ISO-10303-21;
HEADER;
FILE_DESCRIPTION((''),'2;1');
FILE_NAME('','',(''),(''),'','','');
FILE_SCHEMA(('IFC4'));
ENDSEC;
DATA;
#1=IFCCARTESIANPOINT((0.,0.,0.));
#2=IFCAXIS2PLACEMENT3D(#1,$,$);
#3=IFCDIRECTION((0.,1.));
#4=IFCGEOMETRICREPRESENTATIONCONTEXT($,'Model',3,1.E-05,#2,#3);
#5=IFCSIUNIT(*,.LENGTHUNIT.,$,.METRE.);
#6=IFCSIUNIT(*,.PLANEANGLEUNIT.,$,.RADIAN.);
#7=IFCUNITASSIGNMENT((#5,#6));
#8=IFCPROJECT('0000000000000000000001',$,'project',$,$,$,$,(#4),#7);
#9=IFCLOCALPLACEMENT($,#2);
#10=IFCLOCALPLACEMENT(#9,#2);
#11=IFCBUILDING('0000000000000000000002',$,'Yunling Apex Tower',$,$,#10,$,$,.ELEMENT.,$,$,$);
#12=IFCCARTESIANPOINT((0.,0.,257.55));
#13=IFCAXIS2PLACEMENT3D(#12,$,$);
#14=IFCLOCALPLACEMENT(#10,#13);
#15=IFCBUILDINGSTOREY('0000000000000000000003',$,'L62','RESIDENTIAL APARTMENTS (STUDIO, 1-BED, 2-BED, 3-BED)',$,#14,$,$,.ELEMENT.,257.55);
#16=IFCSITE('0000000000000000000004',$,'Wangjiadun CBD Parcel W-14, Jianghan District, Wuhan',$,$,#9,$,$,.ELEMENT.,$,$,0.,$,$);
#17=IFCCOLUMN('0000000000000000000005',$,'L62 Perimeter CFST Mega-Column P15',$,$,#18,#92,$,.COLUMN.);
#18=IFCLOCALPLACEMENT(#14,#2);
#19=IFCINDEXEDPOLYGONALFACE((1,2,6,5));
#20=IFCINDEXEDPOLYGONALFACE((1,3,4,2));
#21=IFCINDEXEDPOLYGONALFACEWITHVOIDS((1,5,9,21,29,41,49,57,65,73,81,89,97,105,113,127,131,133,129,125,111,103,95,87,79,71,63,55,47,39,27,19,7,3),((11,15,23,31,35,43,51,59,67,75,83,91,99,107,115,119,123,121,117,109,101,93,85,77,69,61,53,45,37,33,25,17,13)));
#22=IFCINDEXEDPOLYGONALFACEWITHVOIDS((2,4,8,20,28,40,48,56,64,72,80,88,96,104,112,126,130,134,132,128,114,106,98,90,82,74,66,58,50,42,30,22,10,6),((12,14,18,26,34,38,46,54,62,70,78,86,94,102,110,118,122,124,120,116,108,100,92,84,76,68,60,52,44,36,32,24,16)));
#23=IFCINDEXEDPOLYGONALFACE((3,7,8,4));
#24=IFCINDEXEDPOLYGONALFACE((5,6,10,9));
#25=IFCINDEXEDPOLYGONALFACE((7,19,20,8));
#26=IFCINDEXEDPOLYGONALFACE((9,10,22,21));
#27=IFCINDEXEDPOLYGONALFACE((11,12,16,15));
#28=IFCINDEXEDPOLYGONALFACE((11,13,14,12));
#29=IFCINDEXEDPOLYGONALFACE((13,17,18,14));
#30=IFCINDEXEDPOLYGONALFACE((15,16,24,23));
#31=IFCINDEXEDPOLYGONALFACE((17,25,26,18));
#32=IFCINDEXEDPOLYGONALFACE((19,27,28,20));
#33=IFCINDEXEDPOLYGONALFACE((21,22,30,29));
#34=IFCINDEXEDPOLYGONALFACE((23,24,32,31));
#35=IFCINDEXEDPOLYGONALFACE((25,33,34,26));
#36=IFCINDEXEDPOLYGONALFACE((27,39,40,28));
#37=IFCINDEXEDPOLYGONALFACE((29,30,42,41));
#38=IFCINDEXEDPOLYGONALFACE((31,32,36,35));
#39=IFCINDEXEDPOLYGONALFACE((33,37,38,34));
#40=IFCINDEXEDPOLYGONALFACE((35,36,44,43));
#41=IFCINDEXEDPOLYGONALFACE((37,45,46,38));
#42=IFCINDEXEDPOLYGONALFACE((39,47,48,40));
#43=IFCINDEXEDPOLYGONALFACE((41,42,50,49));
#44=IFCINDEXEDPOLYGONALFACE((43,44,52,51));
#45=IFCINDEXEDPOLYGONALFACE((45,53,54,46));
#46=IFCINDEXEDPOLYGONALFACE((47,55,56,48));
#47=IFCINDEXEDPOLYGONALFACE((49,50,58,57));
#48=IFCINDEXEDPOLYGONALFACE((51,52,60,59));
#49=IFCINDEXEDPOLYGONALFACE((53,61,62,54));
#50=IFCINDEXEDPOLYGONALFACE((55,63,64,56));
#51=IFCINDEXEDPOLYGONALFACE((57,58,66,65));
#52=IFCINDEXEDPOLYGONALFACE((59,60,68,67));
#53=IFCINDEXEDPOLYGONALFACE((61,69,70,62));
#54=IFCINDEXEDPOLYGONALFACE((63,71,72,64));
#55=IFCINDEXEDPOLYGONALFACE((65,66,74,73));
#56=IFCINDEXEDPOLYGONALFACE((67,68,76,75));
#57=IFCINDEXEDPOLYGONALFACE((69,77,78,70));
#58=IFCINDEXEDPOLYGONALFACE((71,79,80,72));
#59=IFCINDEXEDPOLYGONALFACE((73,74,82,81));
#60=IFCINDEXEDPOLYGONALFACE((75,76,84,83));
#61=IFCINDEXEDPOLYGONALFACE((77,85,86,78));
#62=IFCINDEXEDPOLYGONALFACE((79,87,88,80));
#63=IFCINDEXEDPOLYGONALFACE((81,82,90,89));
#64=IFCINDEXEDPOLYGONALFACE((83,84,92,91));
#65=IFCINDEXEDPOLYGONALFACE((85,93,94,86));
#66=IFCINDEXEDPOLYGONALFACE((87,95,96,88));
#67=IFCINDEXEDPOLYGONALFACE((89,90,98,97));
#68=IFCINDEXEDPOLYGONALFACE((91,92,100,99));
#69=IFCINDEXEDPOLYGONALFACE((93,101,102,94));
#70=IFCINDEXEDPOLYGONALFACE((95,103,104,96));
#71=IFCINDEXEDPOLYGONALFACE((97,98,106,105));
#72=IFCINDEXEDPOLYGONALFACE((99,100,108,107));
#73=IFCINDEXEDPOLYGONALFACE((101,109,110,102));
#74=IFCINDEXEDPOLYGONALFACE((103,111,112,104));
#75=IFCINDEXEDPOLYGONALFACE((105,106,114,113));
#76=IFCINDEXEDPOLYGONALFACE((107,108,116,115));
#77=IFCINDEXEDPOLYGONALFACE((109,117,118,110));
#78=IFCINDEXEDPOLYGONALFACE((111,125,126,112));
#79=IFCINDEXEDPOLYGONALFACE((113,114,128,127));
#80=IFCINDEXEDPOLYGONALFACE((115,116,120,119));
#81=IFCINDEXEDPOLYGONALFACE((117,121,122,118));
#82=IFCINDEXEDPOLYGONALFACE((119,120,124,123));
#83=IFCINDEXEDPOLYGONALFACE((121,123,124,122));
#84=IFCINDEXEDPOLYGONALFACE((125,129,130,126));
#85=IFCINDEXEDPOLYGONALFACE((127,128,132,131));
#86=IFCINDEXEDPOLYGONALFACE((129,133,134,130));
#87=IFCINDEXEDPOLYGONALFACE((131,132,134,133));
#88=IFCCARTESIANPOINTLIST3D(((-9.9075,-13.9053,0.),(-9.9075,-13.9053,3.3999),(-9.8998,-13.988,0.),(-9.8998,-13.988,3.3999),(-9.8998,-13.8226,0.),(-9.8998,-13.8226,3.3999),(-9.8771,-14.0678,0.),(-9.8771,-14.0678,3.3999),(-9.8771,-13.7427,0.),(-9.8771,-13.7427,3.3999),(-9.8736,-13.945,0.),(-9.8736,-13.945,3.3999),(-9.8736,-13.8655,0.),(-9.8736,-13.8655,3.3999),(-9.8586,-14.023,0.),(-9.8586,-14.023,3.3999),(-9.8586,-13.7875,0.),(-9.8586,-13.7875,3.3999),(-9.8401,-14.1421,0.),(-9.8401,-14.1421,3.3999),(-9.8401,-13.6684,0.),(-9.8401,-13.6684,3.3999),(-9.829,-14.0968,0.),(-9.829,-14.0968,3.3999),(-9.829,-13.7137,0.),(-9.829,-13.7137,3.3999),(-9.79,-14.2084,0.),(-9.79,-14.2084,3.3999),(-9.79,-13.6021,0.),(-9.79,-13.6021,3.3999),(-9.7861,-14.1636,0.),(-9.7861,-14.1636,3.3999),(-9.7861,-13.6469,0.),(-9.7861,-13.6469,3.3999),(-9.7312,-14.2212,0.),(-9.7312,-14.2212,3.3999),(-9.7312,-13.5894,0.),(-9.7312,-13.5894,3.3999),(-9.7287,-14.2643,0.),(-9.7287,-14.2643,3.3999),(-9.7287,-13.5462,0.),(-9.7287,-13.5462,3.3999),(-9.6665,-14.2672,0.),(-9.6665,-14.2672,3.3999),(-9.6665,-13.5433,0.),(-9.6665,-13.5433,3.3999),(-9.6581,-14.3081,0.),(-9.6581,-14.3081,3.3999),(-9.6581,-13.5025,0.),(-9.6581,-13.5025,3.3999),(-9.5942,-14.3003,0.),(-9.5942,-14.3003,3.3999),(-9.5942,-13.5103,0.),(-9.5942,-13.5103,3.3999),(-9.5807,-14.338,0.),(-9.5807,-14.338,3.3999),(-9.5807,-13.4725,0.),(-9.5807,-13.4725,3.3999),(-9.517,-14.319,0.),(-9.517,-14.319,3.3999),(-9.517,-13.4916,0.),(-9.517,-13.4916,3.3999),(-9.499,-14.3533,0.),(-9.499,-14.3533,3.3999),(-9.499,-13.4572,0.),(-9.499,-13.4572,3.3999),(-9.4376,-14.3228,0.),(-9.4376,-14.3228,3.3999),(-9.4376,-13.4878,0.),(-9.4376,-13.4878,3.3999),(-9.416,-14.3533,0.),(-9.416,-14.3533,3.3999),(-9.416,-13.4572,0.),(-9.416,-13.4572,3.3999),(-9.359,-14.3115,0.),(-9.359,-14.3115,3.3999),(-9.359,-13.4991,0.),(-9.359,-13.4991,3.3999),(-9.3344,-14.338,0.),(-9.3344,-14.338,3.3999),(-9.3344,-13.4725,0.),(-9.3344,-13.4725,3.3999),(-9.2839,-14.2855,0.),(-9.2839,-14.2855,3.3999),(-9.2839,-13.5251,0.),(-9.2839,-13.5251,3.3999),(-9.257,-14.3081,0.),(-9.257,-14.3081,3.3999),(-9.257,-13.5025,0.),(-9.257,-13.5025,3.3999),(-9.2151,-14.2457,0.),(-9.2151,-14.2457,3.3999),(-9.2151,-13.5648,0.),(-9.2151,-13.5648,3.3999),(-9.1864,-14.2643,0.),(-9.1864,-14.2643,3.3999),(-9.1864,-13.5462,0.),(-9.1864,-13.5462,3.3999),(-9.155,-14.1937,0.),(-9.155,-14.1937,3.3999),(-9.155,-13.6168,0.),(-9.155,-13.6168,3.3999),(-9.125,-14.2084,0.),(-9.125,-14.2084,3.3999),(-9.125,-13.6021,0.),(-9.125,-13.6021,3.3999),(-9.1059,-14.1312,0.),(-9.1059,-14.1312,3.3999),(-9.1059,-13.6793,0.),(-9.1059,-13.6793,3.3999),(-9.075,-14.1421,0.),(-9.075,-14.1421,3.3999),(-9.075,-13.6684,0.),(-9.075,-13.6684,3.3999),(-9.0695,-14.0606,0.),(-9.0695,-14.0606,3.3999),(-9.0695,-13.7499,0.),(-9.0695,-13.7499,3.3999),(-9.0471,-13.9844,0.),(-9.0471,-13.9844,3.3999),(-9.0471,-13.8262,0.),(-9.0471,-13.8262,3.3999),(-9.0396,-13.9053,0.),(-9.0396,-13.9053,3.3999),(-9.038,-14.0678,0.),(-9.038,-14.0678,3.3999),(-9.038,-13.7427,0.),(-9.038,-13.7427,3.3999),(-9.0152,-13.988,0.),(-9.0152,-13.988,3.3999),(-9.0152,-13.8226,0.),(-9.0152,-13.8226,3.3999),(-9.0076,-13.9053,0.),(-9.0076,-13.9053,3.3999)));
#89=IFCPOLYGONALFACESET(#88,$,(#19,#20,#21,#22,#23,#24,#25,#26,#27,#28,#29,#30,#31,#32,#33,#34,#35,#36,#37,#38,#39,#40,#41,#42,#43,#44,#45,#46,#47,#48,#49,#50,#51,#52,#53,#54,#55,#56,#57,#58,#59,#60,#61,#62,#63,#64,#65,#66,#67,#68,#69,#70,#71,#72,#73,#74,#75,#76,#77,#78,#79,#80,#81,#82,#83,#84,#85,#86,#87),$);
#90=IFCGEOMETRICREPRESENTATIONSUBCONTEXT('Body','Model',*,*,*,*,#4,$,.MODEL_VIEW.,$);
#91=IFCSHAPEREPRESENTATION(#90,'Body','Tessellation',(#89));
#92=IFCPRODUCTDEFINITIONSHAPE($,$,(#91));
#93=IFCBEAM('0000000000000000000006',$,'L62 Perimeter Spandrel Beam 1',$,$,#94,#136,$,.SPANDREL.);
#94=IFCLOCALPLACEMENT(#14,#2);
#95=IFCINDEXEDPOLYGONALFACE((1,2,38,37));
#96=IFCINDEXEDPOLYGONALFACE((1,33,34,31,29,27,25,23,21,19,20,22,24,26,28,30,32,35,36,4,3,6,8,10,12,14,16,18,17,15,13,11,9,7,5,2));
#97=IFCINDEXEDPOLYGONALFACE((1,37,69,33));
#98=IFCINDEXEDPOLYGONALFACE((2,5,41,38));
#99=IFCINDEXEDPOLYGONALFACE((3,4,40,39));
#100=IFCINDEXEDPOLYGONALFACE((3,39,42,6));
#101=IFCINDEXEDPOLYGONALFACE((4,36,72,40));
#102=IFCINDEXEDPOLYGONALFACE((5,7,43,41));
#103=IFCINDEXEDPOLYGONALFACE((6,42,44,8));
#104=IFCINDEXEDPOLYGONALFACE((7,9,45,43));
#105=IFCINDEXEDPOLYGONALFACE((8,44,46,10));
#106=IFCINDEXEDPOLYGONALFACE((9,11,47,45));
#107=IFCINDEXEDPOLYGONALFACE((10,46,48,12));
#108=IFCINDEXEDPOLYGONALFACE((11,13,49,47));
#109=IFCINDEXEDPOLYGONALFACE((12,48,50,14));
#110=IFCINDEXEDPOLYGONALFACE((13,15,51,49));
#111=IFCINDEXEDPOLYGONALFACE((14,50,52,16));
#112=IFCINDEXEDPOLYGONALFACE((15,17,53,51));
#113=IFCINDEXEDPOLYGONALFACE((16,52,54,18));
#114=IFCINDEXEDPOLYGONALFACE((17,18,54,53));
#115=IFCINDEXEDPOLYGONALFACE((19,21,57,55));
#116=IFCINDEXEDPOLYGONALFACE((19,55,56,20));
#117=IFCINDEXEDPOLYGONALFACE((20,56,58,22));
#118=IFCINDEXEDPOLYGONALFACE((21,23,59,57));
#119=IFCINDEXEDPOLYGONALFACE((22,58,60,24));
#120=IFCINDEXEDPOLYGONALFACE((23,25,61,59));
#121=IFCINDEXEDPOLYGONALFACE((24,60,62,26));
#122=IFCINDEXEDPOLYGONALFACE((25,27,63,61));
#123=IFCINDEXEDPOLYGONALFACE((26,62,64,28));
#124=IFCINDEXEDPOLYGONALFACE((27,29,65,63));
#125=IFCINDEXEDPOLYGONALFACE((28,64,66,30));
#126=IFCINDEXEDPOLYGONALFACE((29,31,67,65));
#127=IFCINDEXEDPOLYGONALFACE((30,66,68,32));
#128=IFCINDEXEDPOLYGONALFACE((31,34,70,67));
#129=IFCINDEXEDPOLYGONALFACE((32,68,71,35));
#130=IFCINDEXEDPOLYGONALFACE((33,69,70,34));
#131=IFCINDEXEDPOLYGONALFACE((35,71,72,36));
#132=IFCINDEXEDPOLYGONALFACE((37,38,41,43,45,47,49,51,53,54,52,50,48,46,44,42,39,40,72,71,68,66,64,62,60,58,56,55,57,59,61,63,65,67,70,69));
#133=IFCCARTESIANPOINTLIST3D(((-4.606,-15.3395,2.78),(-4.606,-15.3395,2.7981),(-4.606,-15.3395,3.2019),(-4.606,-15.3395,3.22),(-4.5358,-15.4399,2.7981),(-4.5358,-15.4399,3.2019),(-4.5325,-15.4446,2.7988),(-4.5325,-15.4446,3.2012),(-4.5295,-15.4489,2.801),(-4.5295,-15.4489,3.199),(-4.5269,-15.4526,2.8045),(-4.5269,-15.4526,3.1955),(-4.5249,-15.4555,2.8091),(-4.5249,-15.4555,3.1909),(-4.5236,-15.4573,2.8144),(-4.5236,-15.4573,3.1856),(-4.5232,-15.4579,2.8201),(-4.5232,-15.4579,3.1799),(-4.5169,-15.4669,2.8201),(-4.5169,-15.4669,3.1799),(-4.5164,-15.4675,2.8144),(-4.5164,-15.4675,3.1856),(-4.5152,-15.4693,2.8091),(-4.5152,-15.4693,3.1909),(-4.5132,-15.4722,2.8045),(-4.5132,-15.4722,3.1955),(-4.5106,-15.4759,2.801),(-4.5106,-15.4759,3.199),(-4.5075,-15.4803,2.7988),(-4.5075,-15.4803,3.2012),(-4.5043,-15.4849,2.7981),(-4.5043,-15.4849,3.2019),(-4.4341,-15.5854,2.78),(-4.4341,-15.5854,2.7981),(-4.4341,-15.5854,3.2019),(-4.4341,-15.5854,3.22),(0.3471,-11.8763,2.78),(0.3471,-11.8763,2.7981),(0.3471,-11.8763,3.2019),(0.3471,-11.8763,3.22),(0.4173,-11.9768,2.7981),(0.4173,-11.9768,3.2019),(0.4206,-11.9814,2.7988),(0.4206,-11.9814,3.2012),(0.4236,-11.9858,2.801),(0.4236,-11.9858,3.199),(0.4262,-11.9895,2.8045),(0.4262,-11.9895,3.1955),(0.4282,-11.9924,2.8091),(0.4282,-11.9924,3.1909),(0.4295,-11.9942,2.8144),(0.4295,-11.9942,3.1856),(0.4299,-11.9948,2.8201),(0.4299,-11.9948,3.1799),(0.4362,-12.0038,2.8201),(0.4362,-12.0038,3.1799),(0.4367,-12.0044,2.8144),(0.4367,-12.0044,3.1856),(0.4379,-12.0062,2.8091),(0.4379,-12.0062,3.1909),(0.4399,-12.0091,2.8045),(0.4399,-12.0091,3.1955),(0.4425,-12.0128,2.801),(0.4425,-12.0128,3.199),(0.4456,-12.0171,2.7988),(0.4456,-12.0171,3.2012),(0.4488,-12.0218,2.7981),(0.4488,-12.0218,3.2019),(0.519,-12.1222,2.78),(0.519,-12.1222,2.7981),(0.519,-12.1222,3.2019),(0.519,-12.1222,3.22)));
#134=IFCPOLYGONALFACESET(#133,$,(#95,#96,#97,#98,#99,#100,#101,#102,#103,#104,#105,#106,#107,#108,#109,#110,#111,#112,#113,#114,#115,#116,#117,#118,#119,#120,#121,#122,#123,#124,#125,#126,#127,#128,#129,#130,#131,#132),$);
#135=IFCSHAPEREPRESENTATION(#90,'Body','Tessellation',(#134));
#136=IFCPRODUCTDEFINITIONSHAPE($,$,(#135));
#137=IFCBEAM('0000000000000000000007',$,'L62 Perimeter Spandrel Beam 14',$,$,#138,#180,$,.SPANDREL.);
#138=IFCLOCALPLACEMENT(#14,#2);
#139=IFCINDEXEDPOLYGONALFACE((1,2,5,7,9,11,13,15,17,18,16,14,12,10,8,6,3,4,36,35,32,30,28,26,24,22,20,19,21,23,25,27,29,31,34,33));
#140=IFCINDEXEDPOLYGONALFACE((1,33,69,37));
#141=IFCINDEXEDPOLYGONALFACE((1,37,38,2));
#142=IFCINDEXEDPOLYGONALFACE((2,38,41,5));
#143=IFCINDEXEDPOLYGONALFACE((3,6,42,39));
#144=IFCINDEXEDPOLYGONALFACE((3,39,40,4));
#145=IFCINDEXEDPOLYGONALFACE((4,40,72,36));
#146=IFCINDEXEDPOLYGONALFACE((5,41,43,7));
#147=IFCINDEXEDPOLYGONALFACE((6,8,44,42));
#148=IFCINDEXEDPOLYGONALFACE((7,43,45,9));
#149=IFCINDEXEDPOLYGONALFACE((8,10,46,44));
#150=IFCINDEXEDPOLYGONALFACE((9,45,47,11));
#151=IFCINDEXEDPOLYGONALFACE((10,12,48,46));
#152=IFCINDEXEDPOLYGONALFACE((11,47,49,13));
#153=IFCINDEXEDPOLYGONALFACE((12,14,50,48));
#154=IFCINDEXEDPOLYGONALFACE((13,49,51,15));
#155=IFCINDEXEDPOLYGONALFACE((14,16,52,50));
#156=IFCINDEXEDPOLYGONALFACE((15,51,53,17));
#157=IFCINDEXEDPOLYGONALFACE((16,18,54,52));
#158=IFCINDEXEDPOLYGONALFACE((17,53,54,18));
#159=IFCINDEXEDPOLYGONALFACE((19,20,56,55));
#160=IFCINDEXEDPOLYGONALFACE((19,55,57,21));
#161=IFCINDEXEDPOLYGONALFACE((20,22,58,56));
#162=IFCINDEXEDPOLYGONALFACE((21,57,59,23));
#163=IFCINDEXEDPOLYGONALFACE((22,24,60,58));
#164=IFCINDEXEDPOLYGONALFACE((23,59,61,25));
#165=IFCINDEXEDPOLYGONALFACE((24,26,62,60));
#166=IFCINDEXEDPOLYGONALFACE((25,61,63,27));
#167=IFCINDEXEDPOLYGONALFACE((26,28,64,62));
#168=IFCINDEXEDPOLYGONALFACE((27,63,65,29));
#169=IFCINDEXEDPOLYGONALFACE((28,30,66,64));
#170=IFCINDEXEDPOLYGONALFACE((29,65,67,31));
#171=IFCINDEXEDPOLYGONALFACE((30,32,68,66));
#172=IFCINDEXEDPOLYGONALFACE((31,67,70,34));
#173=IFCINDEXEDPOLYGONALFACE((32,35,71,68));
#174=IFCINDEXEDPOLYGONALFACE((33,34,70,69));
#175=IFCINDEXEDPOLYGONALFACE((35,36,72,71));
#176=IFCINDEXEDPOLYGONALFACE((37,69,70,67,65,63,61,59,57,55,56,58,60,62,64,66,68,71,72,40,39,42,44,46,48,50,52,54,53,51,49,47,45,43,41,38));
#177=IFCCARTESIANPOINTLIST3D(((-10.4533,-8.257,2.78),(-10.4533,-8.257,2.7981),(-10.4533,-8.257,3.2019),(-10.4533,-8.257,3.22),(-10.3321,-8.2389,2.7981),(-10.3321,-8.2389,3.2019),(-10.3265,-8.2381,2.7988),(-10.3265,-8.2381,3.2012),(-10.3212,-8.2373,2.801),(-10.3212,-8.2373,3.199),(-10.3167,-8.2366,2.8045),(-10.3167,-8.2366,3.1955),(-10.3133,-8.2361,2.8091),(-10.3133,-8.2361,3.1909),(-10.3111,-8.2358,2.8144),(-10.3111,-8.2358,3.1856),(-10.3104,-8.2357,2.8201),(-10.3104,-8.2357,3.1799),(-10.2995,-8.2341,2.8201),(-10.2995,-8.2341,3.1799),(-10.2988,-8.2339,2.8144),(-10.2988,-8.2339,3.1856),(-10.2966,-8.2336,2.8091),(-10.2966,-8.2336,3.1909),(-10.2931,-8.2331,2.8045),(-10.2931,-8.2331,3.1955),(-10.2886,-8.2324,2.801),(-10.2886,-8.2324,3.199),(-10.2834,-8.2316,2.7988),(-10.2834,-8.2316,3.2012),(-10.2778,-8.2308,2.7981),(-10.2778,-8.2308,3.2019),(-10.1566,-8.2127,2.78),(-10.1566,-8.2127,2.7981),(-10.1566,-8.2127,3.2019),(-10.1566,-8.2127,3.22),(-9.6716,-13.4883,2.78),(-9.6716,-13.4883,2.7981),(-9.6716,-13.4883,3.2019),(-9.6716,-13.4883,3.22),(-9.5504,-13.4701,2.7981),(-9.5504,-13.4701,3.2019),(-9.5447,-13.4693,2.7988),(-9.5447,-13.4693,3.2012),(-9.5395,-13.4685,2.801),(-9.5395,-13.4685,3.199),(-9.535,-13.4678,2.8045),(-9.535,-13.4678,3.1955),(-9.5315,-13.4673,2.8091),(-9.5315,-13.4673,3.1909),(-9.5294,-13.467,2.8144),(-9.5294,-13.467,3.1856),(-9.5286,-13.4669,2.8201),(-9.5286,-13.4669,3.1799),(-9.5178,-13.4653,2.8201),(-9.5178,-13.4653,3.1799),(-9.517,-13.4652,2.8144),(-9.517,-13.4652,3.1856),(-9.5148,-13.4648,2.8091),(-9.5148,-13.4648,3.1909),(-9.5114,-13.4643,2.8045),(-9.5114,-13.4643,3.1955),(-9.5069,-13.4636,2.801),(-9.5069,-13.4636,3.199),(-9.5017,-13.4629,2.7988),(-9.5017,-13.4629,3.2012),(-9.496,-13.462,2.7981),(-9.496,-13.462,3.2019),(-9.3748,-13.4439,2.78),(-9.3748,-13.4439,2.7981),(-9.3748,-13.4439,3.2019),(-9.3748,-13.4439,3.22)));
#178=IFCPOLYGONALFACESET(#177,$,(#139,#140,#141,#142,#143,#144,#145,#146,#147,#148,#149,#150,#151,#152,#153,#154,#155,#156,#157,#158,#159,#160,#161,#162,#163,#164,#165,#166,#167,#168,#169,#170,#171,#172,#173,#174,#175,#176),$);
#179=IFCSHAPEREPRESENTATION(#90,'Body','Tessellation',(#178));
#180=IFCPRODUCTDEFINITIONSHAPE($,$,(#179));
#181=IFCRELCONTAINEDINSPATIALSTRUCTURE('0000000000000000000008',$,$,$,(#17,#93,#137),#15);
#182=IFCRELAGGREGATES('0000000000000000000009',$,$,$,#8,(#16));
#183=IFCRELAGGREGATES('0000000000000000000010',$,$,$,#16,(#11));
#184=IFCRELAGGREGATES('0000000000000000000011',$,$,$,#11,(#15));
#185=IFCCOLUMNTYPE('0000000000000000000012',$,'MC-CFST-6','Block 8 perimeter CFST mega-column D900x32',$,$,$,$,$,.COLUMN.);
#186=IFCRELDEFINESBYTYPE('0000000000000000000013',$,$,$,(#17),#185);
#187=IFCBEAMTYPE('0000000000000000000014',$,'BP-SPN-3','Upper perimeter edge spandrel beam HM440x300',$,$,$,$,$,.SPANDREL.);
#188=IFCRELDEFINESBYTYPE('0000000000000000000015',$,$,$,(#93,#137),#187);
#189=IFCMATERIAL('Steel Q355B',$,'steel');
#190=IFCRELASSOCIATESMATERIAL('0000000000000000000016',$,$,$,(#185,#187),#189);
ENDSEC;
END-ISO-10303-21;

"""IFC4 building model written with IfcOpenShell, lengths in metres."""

from ifc_helpers import new_model, si_unit, direction, frame, origin, origin_2d, place, context, subcontext, project, spatial, hollow_circle, i_section, extrude, source, transform, mapped, material, material_profile, profile_set, type_object, element, save


model = new_model("IFC4")

# Units and contexts
model_context = context("Model", 3, precision=1e-05, world=origin(), true_north=direction((0.0, 1.0)))
body_context = subcontext(model_context, "Body", "Model", "MODEL_VIEW")
ifc_project = project(units=[si_unit("LENGTHUNIT", "METRE"), si_unit("PLANEANGLEUNIT", "RADIAN")], contexts=[model_context])

# Site, building, storey
site_placement = place(None, origin())
site = spatial("IfcSite", under=ifc_project, at=site_placement, Name="Wangjiadun CBD Parcel W-14, Jianghan District, Wuhan", CompositionType="ELEMENT", RefElevation=0.0)
building_placement = place(site_placement, origin())
building = spatial("IfcBuilding", under=site, at=building_placement, Name="Yunling Apex Tower", CompositionType="ELEMENT")
storey_placement = place(building_placement, frame((0.0, 0.0, 257.55)))
storey = spatial("IfcBuildingStorey", under=building, at=storey_placement, Name="L62", Description="RESIDENTIAL APARTMENTS (STUDIO, 1-BED, 2-BED, 3-BED)", CompositionType="ELEMENT", Elevation=257.55)

# Column
ifc_material_1 = material(Name="Steel Q355B", Category="steel")
ifc_material_profile_1 = material_profile(ifc_material_1, hollow_circle(Radius=0.45, WallThickness=0.032, at=origin_2d()))
ifc_profile_set_1 = profile_set([ifc_material_profile_1], Name="Steel Q355B")
column_type = type_object("IfcColumnType", Name="MC-CFST-6", Description="Block 8 perimeter CFST mega-column D900x32", PredefinedType="COLUMN", material=ifc_profile_set_1)
shared_shape_1 = source(origin(), body_context, "Body", "SweptSolid", [
    extrude(hollow_circle(Radius=0.45, WallThickness=0.032, at=origin_2d()), origin(), (0.0, 0.0, 1.0), 3.3999),
])
for number, where, z_axis, x_axis, name in (
    (1, (-9.4575, -13.9053, 0.0), (0.0, 0.0, 1.0), (1.0, 0.0, 0.0), "L62 Perimeter CFST Mega-Column P15"),
):
    element("IfcColumn", number, at=place(storey_placement, frame(where, z_axis=z_axis, x_axis=x_axis)), inside=storey, type_object=column_type, Name=name, PredefinedType="COLUMN", context=body_context, shape_type="MappedRepresentation", body=[
        mapped(shared_shape_1, transform((0.0, 0.0, 0.0), scale=1.0)),
    ])

# Beams
ifc_material_profile_2 = material_profile(ifc_material_1, i_section(OverallWidth=0.3, OverallDepth=0.4399, WebThickness=0.011, FlangeThickness=0.0181, FilletRadius=0.022, at=origin_2d()))
ifc_profile_set_2 = profile_set([ifc_material_profile_2], Name="Steel Q355B")
beam_type_1 = type_object("IfcBeamType", Name="BP-SPN-3", Description="Upper perimeter edge spandrel beam HM440x300", PredefinedType="SPANDREL", material=ifc_profile_set_2)
shared_shape_2 = source(origin(), body_context, "Body", "SweptSolid", [
    extrude(i_section(OverallWidth=0.3, OverallDepth=0.4399, WebThickness=0.011, FlangeThickness=0.0181, FilletRadius=0.022, at=origin_2d()), origin(), (0.0, 0.0, 1.0), 6.0437),
])
beam_1_placement = place(storey_placement, frame((-4.52, -15.4624, 3.0), z_axis=(0.819547, 0.573012, 0.0), x_axis=(-0.573012, 0.819547, 0.0)))
element("IfcBeam", 2, at=beam_1_placement, inside=storey, type_object=beam_type_1, Name="L62 Perimeter Spandrel Beam 1", PredefinedType="SPANDREL", context=body_context, shape_type="MappedRepresentation", body=[
    mapped(shared_shape_2, transform((0.0, 0.0, 0.0), scale=1.0)),
])
shared_shape_3 = source(origin(), body_context, "Body", "SweptSolid", [
    extrude(i_section(OverallWidth=0.3, OverallDepth=0.4399, WebThickness=0.011, FlangeThickness=0.0181, FilletRadius=0.022, at=origin_2d()), origin(), (0.0, 0.0, 1.0), 5.2893),
])
beam_2_placement = place(storey_placement, frame((-10.3049, -8.2349, 3.0), z_axis=(0.147796, -0.989018, 0.0), x_axis=(0.989018, 0.147796, 0.0)))
element("IfcBeam", 3, at=beam_2_placement, inside=storey, type_object=beam_type_1, Name="L62 Perimeter Spandrel Beam 14", PredefinedType="SPANDREL", context=body_context, shape_type="MappedRepresentation", body=[
    mapped(shared_shape_3, transform((0.0, 0.0, 0.0), scale=1.0)),
])

save(model, "model.ifc")
